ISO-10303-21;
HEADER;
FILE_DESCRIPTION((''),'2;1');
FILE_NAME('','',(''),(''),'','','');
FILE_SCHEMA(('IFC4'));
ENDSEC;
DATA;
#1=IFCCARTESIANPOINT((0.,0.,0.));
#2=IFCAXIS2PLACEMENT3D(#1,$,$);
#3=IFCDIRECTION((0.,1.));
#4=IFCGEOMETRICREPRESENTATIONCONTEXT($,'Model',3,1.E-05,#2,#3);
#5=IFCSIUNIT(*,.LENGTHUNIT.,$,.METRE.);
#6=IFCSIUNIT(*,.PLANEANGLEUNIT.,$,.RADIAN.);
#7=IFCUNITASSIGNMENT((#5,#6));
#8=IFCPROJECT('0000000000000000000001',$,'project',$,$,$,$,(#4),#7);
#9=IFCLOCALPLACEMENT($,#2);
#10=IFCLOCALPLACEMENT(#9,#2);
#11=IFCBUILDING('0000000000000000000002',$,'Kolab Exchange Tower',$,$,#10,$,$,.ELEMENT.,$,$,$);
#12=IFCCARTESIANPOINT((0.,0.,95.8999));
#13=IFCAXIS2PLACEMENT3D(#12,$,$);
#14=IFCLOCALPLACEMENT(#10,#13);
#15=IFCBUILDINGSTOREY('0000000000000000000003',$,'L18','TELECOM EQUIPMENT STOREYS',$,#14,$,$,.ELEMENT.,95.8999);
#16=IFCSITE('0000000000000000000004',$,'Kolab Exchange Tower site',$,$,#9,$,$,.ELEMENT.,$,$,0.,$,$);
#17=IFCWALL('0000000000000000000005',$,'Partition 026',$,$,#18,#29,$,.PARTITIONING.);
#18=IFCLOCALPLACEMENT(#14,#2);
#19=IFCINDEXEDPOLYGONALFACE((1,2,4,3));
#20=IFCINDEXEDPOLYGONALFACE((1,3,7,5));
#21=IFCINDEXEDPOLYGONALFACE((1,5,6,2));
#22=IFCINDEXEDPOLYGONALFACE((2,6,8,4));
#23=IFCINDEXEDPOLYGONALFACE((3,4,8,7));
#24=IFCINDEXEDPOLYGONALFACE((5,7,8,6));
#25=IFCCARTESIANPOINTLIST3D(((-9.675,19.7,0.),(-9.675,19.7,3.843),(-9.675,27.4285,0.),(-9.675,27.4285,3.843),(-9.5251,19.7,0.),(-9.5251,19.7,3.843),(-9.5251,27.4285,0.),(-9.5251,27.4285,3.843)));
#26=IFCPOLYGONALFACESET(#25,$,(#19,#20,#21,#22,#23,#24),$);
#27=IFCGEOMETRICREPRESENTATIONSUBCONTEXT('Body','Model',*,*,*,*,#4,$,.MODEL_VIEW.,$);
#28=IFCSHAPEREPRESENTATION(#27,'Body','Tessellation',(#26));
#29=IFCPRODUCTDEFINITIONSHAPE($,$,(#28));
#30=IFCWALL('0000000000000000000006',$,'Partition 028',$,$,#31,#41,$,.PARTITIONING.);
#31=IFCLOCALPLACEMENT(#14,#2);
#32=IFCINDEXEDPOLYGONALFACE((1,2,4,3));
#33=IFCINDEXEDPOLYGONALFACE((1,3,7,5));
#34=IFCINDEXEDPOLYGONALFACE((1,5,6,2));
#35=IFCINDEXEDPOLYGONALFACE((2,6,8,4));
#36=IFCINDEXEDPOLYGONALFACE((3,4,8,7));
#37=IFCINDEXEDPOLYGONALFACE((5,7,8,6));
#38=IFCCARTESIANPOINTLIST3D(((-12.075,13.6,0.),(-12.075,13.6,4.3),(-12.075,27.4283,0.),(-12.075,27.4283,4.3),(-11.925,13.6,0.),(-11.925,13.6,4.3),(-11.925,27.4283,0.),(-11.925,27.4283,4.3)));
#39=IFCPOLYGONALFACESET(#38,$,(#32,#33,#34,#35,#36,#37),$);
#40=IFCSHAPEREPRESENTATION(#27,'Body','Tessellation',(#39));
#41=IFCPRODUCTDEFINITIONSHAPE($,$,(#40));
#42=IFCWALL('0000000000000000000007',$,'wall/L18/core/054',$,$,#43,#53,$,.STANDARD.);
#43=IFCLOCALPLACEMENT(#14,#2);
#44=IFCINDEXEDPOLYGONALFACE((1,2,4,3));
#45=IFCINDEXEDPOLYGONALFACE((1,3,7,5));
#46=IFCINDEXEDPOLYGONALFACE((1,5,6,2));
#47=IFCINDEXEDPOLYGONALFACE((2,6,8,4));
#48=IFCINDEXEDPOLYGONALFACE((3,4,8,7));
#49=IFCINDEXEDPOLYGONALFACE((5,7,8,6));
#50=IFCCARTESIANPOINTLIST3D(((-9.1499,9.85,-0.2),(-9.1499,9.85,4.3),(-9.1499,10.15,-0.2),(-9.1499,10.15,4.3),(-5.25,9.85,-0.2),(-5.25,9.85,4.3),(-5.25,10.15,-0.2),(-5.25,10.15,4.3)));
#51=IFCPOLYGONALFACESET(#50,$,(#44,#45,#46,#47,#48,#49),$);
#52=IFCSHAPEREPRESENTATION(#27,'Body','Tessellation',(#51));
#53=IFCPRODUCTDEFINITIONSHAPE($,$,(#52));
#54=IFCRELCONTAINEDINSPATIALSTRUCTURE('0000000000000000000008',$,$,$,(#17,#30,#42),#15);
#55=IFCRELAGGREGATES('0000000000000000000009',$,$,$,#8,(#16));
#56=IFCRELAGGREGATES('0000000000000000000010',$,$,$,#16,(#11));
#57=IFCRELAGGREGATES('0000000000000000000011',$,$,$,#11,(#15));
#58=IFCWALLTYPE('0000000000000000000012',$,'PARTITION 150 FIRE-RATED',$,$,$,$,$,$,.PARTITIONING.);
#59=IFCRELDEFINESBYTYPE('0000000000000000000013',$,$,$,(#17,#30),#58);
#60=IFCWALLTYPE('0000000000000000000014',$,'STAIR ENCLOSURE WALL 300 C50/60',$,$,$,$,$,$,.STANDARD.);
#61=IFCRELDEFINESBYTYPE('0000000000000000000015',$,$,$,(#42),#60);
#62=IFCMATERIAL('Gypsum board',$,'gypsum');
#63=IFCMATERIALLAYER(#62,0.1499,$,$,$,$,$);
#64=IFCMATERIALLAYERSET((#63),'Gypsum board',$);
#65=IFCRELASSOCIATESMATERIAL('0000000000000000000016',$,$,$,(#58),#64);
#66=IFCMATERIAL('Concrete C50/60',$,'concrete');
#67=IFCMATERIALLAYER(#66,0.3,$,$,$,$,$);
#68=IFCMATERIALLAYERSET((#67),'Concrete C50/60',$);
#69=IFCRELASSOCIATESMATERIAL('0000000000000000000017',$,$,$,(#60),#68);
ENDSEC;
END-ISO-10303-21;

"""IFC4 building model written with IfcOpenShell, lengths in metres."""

from ifc_helpers import new_model, si_unit, direction, frame, frame_2d, origin, place, context, subcontext, project, spatial, rectangle, extrude, material, layer, layer_set, type_object, element, save


model = new_model("IFC4")

# Units and contexts
model_context = context("Model", 3, precision=1e-05, world=origin(), true_north=direction((0.0, 1.0)))
body_context = subcontext(model_context, "Body", "Model", "MODEL_VIEW")
ifc_project = project(units=[si_unit("LENGTHUNIT", "METRE"), si_unit("PLANEANGLEUNIT", "RADIAN")], contexts=[model_context])

# Site, building, storey
site_placement = place(None, origin())
site = spatial("IfcSite", under=ifc_project, at=site_placement, Name="Kolab Exchange Tower site", CompositionType="ELEMENT", RefElevation=0.0)
building_placement = place(site_placement, origin())
building = spatial("IfcBuilding", under=site, at=building_placement, Name="Kolab Exchange Tower", CompositionType="ELEMENT")
storey_placement = place(building_placement, frame((0.0, 0.0, 95.8999)))
storey = spatial("IfcBuildingStorey", under=building, at=storey_placement, Name="L18", Description="TELECOM EQUIPMENT STOREYS", CompositionType="ELEMENT", Elevation=95.8999)

# Walls
ifc_material_1 = material(Name="Gypsum board", Category="gypsum")
ifc_layer_1 = layer(ifc_material_1, 0.1499)
ifc_layer_set_1 = layer_set([ifc_layer_1], Name="Gypsum board")
wall_type_1 = type_object("IfcWallType", Name="PARTITION 150 FIRE-RATED", PredefinedType="PARTITIONING", material=ifc_layer_set_1)
wall_1_placement = place(storey_placement, frame((-9.6001, 19.7, 0.0), z_axis=(0.0, 0.0, 1.0), x_axis=(0.0, 1.0, 0.0)))
element("IfcWall", 1, at=wall_1_placement, inside=storey, type_object=wall_type_1, Name="Partition 026", PredefinedType="PARTITIONING", context=body_context, shape_type="SweptSolid", body=[
    extrude(rectangle(XDim=7.7285, YDim=0.1499, at=frame_2d((3.8643, 0.0))), origin(), (0.0, 0.0, 1.0), 3.843),
])
wall_2_placement = place(storey_placement, frame((-12.0, 13.6001, 0.0), z_axis=(0.0, 0.0, 1.0), x_axis=(0.0, 1.0, 0.0)))
element("IfcWall", 2, at=wall_2_placement, inside=storey, type_object=wall_type_1, Name="Partition 028", PredefinedType="PARTITIONING", context=body_context, shape_type="SweptSolid", body=[
    extrude(rectangle(XDim=13.8284, YDim=0.1499, at=frame_2d((6.9141, 0.0))), origin(), (0.0, 0.0, 1.0), 4.3),
])
ifc_material_2 = material(Name="Concrete C50/60", Category="concrete")
ifc_layer_2 = layer(ifc_material_2, 0.3)
ifc_layer_set_2 = layer_set([ifc_layer_2], Name="Concrete C50/60")
wall_type_2 = type_object("IfcWallType", Name="STAIR ENCLOSURE WALL 300 C50/60", PredefinedType="STANDARD", material=ifc_layer_set_2)
wall_3_placement = place(storey_placement, frame((-9.1499, 10.0, -0.2), z_axis=(0.0, 0.0, 1.0), x_axis=(1.0, 0.0, 0.0)))
element("IfcWall", 3, at=wall_3_placement, inside=storey, type_object=wall_type_2, Name="wall/L18/core/054", PredefinedType="STANDARD", context=body_context, shape_type="SweptSolid", body=[
    extrude(rectangle(XDim=3.8999, YDim=0.3, at=frame_2d((1.95, 0.0))), origin(), (0.0, 0.0, 1.0), 4.5),
])

save(model, "model.ifc")
